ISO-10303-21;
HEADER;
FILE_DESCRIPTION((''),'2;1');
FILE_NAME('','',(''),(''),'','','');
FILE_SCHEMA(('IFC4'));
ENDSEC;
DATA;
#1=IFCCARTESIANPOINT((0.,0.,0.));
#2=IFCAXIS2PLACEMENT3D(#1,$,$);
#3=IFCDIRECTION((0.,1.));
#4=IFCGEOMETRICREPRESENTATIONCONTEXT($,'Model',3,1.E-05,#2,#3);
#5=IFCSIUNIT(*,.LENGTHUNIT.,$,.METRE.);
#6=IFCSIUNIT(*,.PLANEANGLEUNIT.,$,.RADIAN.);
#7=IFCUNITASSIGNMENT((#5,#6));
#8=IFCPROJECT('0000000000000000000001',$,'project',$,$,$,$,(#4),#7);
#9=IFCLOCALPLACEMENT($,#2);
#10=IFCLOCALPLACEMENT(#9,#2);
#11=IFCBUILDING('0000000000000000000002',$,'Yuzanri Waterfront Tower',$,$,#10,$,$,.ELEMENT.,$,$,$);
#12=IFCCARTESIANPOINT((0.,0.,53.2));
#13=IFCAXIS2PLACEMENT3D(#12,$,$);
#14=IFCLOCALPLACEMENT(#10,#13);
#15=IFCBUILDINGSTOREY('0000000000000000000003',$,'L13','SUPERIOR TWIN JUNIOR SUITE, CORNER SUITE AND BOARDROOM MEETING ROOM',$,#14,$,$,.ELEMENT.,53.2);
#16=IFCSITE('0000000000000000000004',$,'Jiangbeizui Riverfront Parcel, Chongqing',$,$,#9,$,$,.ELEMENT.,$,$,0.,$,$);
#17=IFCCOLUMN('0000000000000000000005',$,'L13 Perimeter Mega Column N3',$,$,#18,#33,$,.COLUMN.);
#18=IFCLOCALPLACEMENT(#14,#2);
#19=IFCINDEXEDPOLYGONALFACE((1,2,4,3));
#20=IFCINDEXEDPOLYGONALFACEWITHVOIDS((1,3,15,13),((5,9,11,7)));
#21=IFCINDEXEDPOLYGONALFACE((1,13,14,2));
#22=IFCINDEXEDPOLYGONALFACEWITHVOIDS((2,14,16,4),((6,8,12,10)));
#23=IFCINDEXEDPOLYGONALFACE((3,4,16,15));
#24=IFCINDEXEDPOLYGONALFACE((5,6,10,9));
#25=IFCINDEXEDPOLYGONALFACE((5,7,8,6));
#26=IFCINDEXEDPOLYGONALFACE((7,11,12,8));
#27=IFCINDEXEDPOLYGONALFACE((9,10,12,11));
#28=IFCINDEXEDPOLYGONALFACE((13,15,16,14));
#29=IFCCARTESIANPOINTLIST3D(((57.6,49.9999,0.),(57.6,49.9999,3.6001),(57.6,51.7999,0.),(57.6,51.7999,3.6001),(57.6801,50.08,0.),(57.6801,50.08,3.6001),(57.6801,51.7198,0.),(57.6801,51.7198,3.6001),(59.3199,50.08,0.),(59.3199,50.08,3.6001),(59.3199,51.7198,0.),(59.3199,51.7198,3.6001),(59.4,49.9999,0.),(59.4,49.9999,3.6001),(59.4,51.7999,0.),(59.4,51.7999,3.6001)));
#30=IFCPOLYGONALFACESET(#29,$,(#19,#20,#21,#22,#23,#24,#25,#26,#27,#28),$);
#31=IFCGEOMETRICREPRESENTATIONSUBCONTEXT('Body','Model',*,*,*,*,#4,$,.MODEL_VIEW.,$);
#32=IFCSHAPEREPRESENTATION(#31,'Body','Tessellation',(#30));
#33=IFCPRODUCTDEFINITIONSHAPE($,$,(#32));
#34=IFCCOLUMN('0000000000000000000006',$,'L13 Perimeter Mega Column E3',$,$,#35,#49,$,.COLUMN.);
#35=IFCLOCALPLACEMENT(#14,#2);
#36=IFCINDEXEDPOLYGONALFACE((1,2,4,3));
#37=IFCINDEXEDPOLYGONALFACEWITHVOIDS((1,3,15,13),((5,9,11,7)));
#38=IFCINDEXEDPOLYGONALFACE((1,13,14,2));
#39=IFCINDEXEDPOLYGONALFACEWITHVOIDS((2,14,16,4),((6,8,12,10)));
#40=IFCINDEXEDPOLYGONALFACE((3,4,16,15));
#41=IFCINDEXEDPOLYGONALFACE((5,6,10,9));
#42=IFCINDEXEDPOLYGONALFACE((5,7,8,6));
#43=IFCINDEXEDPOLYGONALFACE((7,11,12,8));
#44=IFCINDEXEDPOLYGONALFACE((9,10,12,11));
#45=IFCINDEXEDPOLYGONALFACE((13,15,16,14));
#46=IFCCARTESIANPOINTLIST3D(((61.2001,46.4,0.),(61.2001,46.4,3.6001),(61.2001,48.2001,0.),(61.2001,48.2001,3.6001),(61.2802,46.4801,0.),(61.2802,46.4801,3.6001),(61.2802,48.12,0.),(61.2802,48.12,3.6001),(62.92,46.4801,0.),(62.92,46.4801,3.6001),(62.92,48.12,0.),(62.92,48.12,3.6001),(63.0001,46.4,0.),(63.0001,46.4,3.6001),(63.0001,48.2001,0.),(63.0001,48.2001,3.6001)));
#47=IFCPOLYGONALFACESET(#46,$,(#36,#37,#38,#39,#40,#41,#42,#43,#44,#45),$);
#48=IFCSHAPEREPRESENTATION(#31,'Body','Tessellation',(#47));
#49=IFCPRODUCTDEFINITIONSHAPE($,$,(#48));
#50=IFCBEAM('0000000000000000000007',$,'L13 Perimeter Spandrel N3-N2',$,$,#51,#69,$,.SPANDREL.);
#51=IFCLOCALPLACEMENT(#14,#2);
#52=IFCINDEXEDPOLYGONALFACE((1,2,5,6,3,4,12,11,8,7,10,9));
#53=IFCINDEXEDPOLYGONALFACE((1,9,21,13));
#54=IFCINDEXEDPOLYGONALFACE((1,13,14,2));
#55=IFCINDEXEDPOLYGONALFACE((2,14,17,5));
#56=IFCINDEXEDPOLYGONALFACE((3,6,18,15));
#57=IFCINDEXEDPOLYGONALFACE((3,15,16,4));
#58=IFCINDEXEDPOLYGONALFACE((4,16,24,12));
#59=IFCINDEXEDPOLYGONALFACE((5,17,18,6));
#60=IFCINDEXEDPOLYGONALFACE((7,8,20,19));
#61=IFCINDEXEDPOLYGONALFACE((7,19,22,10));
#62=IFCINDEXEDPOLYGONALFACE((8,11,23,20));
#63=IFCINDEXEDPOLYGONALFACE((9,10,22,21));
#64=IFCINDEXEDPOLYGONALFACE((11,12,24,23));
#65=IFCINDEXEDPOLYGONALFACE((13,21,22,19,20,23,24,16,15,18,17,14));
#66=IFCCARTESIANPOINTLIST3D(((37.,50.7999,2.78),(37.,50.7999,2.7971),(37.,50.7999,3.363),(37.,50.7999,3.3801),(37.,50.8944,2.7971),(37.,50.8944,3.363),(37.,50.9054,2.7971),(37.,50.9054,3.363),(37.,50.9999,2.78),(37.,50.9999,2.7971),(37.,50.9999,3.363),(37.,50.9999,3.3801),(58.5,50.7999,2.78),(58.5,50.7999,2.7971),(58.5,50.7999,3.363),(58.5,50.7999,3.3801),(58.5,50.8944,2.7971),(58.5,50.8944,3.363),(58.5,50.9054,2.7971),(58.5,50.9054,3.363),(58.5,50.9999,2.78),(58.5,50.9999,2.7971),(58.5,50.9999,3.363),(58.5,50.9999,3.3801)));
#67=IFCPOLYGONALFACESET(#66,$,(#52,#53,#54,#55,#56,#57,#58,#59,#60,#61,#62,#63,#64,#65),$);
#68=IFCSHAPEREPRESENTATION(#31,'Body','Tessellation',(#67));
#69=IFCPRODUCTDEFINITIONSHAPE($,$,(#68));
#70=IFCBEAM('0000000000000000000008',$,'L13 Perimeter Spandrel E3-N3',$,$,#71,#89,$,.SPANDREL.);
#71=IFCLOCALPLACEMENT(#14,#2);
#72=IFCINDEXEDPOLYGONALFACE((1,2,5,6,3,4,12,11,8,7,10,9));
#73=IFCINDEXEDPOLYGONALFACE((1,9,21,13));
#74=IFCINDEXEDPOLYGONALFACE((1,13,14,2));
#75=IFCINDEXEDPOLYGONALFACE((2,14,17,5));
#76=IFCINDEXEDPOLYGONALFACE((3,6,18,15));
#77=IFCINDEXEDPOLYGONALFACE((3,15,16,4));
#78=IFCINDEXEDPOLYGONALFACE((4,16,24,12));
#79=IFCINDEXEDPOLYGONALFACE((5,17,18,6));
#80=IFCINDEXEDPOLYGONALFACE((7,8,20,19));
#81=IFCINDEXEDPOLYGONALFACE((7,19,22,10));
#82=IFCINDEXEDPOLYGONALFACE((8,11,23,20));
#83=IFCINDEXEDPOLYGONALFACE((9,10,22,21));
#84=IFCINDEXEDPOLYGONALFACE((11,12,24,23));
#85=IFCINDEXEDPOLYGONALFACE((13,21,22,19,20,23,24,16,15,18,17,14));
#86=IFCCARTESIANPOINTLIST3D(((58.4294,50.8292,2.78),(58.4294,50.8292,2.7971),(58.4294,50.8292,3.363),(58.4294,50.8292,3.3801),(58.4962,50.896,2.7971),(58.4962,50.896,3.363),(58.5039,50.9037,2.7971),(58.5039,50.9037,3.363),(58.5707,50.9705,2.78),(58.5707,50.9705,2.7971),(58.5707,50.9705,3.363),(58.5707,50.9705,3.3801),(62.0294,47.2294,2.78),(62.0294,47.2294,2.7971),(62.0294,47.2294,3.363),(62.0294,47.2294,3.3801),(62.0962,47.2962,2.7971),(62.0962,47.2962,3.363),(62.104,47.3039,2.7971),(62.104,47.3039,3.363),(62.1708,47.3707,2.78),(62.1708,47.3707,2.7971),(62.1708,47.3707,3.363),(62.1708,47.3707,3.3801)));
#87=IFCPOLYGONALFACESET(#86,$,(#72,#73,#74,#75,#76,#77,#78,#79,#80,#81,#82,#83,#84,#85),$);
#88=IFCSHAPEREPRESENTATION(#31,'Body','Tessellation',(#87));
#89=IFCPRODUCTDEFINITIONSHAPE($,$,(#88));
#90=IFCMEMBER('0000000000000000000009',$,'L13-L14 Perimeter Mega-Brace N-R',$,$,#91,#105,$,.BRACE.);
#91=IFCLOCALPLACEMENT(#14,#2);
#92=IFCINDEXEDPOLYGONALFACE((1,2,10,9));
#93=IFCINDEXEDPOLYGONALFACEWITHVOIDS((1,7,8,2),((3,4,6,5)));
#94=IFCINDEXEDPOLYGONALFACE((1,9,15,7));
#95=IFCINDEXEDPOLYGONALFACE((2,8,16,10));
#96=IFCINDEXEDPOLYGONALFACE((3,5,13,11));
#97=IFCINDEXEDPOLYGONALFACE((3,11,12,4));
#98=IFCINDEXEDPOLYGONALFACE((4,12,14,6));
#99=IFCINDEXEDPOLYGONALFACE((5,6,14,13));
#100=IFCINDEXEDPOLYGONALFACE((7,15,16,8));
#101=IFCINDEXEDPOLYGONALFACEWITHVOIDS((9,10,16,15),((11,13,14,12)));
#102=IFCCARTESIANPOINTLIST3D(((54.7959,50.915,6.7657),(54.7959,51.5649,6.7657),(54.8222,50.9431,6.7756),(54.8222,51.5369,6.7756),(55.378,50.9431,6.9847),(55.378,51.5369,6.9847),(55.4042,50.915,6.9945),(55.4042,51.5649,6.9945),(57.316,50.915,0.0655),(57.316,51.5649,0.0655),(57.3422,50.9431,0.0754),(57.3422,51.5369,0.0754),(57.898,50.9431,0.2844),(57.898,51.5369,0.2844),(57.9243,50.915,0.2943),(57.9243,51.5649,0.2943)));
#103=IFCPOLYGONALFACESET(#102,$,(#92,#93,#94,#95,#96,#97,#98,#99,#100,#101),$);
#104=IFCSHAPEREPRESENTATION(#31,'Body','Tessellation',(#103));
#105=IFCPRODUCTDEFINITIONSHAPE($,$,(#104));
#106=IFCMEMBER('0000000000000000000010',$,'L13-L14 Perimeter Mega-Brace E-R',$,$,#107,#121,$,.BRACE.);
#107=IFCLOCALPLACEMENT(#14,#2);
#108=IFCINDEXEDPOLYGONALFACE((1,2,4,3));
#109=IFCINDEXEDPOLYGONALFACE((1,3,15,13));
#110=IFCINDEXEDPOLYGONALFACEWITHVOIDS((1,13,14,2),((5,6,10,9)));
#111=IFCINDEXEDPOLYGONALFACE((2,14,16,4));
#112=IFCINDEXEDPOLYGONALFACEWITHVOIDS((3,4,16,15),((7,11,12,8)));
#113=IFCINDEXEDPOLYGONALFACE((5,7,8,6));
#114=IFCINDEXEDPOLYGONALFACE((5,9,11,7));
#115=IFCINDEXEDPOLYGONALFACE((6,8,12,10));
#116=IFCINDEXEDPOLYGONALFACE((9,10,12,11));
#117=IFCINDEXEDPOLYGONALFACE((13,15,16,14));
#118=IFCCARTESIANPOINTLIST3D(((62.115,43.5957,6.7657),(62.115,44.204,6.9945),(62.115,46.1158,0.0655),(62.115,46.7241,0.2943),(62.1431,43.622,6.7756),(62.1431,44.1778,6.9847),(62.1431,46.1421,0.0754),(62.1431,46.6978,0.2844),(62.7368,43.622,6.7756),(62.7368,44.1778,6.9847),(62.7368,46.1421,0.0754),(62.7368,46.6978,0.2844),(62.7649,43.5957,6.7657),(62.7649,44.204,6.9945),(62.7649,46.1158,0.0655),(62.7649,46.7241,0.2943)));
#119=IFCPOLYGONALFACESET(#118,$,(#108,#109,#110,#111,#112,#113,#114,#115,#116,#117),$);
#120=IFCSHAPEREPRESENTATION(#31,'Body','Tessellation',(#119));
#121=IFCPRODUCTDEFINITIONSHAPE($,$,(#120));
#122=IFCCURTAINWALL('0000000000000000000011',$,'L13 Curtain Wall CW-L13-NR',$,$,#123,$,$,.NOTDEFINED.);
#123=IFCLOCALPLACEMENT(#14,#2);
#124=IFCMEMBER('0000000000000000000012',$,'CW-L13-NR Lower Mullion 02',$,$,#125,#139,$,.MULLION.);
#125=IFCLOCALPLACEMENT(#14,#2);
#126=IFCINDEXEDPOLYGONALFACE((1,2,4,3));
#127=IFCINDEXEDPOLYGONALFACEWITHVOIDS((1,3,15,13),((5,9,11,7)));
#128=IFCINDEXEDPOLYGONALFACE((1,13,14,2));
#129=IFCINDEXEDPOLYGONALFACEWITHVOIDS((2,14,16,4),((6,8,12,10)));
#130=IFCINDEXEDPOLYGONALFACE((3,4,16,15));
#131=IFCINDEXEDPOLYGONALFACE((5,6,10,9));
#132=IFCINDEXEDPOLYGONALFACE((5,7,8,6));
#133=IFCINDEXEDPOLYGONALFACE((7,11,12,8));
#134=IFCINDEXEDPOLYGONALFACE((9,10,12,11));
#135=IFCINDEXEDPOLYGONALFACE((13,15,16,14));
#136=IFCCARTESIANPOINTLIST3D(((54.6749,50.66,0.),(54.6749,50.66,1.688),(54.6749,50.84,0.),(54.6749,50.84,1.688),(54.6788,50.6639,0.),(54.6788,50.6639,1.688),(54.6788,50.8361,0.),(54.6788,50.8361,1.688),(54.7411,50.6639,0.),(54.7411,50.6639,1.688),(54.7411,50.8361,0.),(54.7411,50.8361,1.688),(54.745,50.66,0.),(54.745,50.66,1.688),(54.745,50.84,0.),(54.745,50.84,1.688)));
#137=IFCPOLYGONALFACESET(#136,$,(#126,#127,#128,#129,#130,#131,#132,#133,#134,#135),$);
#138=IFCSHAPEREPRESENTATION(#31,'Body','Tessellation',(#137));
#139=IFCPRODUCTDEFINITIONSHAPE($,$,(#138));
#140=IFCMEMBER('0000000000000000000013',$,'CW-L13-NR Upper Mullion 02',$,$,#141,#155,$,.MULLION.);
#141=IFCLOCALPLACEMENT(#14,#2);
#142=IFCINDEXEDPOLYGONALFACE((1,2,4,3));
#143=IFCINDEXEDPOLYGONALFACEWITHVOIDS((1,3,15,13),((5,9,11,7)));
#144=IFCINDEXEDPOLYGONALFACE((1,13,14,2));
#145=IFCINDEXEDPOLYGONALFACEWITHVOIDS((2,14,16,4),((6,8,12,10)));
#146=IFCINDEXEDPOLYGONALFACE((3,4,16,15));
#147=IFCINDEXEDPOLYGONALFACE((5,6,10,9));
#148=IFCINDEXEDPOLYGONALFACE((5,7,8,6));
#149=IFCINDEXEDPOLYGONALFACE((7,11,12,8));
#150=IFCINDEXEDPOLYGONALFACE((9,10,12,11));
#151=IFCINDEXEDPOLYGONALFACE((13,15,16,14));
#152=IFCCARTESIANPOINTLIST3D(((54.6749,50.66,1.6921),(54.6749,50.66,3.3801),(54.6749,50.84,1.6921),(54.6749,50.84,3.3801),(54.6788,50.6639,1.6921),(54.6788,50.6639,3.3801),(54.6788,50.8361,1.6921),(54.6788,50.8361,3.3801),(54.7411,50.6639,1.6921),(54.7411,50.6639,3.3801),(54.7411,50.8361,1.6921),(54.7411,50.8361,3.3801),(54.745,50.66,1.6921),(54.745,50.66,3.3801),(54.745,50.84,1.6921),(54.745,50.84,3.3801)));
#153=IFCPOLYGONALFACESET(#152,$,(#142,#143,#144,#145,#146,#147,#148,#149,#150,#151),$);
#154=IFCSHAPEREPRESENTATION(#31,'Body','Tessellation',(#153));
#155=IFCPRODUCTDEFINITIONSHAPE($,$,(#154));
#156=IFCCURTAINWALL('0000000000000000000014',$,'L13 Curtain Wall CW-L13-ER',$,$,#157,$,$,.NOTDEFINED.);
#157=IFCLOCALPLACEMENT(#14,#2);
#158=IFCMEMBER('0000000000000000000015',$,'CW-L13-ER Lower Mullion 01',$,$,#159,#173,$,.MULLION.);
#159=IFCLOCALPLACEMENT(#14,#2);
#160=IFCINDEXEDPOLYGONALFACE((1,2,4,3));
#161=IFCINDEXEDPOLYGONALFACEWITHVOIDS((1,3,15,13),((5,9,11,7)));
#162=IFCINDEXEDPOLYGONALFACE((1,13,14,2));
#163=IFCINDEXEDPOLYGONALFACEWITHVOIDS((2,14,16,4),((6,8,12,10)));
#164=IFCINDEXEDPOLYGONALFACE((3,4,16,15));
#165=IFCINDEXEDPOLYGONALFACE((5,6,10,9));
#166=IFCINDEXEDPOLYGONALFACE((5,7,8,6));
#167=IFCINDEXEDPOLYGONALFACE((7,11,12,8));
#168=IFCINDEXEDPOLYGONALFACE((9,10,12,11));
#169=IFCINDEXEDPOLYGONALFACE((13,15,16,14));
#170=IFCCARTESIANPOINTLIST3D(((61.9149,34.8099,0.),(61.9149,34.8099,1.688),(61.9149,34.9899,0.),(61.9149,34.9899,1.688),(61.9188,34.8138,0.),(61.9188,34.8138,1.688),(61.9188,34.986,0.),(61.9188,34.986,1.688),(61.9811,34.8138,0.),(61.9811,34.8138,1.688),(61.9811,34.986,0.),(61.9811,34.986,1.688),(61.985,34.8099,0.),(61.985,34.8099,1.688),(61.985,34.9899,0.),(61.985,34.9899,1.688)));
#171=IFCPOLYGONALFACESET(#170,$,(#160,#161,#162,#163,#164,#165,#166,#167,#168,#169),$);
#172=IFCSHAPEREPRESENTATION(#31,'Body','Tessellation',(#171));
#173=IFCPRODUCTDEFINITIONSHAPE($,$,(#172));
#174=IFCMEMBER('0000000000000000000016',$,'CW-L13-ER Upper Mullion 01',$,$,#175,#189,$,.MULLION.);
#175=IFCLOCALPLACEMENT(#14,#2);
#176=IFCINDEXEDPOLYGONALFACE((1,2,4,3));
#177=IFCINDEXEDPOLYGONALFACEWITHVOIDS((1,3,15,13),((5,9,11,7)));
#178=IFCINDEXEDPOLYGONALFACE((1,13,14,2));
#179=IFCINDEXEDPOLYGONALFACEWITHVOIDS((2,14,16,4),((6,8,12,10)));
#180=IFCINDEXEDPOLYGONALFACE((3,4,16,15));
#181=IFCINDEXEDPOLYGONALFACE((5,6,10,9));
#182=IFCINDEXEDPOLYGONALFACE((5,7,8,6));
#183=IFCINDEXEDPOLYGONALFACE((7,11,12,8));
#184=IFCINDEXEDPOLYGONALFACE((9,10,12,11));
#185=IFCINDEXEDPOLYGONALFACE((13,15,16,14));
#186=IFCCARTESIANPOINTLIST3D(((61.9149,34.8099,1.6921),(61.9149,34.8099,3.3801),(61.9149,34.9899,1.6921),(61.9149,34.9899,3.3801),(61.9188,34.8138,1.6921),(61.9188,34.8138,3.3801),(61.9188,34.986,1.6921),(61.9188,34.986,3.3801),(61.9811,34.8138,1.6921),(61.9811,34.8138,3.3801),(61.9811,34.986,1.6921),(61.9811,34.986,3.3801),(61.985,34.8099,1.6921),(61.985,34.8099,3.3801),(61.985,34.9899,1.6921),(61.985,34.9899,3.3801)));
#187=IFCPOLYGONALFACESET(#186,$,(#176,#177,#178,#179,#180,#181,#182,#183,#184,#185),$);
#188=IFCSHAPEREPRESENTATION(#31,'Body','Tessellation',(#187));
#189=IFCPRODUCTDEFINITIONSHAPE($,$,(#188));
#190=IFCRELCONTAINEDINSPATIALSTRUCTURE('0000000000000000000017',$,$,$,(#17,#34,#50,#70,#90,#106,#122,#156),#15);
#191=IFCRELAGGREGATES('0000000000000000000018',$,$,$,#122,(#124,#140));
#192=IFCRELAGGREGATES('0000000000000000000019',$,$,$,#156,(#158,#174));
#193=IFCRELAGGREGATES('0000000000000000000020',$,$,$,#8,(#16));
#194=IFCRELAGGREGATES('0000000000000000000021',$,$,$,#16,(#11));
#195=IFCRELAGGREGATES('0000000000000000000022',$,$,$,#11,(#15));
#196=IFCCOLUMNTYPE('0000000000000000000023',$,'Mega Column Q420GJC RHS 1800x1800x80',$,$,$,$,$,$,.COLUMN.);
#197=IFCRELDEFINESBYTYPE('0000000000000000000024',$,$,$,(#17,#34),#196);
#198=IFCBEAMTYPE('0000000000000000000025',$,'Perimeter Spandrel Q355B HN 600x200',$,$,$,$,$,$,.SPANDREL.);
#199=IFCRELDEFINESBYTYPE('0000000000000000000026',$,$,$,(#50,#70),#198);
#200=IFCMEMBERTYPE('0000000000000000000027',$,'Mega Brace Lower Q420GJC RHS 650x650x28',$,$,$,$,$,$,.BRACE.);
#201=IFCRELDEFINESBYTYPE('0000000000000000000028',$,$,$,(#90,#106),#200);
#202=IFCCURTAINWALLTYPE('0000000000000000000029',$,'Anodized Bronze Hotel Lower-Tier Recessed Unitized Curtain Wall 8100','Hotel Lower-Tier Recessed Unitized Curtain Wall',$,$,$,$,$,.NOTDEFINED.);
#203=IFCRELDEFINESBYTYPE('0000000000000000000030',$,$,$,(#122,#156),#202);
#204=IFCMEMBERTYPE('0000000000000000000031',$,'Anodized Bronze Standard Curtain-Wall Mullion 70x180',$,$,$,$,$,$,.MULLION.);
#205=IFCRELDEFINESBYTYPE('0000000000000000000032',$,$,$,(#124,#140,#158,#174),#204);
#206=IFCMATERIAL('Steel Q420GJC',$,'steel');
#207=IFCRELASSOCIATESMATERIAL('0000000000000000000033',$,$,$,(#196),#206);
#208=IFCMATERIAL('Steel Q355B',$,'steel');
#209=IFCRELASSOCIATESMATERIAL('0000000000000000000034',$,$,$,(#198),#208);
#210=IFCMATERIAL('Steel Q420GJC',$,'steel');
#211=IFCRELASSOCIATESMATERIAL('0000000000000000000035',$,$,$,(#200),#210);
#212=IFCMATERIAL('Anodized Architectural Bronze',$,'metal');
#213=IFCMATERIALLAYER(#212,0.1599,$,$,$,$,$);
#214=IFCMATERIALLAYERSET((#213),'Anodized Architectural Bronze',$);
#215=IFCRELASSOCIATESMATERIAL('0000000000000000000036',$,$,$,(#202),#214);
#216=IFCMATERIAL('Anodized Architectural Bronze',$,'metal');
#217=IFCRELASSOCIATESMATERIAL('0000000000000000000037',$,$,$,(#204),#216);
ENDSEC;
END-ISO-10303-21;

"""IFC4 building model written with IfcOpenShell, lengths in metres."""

from ifc_helpers import new_model, si_unit, direction, frame, origin, origin_2d, place, context, subcontext, project, spatial, hollow_rectangle, i_section, extrude, source, transform, mapped, material, layer, layer_set, material_profile, profile_set, type_object, element, aggregate, save


model = new_model("IFC4")

# Units and contexts
model_context = context("Model", 3, precision=1e-05, world=origin(), true_north=direction((0.0, 1.0)))
body_context = subcontext(model_context, "Body", "Model", "MODEL_VIEW")
ifc_project = project(units=[si_unit("LENGTHUNIT", "METRE"), si_unit("PLANEANGLEUNIT", "RADIAN")], contexts=[model_context])

# Site, building, storey
site_placement = place(None, origin())
site = spatial("IfcSite", under=ifc_project, at=site_placement, Name="Jiangbeizui Riverfront Parcel, Chongqing", CompositionType="ELEMENT", RefElevation=0.0)
building_placement = place(site_placement, origin())
building = spatial("IfcBuilding", under=site, at=building_placement, Name="Yuzanri Waterfront Tower", CompositionType="ELEMENT")
storey_placement = place(building_placement, frame((0.0, 0.0, 53.2)))
storey = spatial("IfcBuildingStorey", under=building, at=storey_placement, Name="L13", Description="SUPERIOR TWIN JUNIOR SUITE, CORNER SUITE AND BOARDROOM MEETING ROOM", CompositionType="ELEMENT", Elevation=53.2)

# Columns
ifc_material_1 = material(Name="Steel Q420GJC", Category="steel")
ifc_material_profile_1 = material_profile(ifc_material_1, hollow_rectangle(XDim=1.8, YDim=1.8, WallThickness=0.0801, at=origin_2d()), Name="RHS 1800x1800x80")
ifc_profile_set_1 = profile_set([ifc_material_profile_1], Name="Steel Q420GJC")
column_type = type_object("IfcColumnType", Name="Mega Column Q420GJC RHS 1800x1800x80", PredefinedType="COLUMN", material=ifc_profile_set_1)
shared_shape_1 = source(origin(), body_context, "Body", "SweptSolid", [
    extrude(hollow_rectangle(XDim=1.8, YDim=1.8, WallThickness=0.0801, at=origin_2d()), origin(), (0.0, 0.0, 1.0), 3.6001),
])
for number, where, z_axis, x_axis, name in (
    (1, (58.5, 50.8999, 0.0), (0.0, 0.0, 1.0), (1.0, 0.0, 0.0), "L13 Perimeter Mega Column N3"),
    (2, (62.1001, 47.3, 0.0), (0.0, 0.0, 1.0), (1.0, 0.0, 0.0), "L13 Perimeter Mega Column E3"),
):
    element("IfcColumn", number, at=place(storey_placement, frame(where, z_axis=z_axis, x_axis=x_axis)), inside=storey, type_object=column_type, Name=name, PredefinedType="COLUMN", context=body_context, shape_type="MappedRepresentation", body=[
        mapped(shared_shape_1, transform((0.0, 0.0, 0.0), scale=1.0)),
    ])

# Beams
ifc_material_2 = material(Name="Steel Q355B", Category="steel")
ifc_material_profile_2 = material_profile(ifc_material_2, i_section(OverallWidth=0.2, OverallDepth=0.6001, WebThickness=0.011, FlangeThickness=0.0171, at=origin_2d()), Name="HN 600x200x11x17")
ifc_profile_set_2 = profile_set([ifc_material_profile_2], Name="Steel Q355B")
beam_type = type_object("IfcBeamType", Name="Perimeter Spandrel Q355B HN 600x200", PredefinedType="SPANDREL", material=ifc_profile_set_2)
shared_shape_2 = source(origin(), body_context, "Body", "SweptSolid", [
    extrude(i_section(OverallWidth=0.2, OverallDepth=0.6001, WebThickness=0.011, FlangeThickness=0.0171, at=origin_2d()), origin(), (0.0, 0.0, 1.0), 21.5),
])
beam_1_placement = place(storey_placement, frame((58.5, 50.8999, 3.0801), z_axis=(-1.0, 0.0, 0.0), x_axis=(0.0, -1.0, 0.0)))
element("IfcBeam", 3, at=beam_1_placement, inside=storey, type_object=beam_type, Name="L13 Perimeter Spandrel N3-N2", PredefinedType="SPANDREL", context=body_context, shape_type="MappedRepresentation", body=[
    mapped(shared_shape_2, transform((0.0, 0.0, 0.0), scale=1.0)),
])
shared_shape_3 = source(origin(), body_context, "Body", "SweptSolid", [
    extrude(i_section(OverallWidth=0.2, OverallDepth=0.6001, WebThickness=0.011, FlangeThickness=0.0171, at=origin_2d()), origin(), (0.0, 0.0, 1.0), 5.0911),
])
beam_2_placement = place(storey_placement, frame((62.1001, 47.3, 3.0801), z_axis=(-0.707131, 0.707083, 0.0), x_axis=(-0.707083, -0.707131, 0.0)))
element("IfcBeam", 4, at=beam_2_placement, inside=storey, type_object=beam_type, Name="L13 Perimeter Spandrel E3-N3", PredefinedType="SPANDREL", context=body_context, shape_type="MappedRepresentation", body=[
    mapped(shared_shape_3, transform((0.0, 0.0, 0.0), scale=1.0)),
])

# Members
ifc_material_3 = material(Name="Steel Q420GJC", Category="steel")
ifc_material_profile_3 = material_profile(ifc_material_3, hollow_rectangle(XDim=0.6499, YDim=0.6499, WallThickness=0.0281, at=origin_2d()), Name="RHS 650x650x28")
ifc_profile_set_3 = profile_set([ifc_material_profile_3], Name="Steel Q420GJC")
member_type_1 = type_object("IfcMemberType", Name="Mega Brace Lower Q420GJC RHS 650x650x28", PredefinedType="BRACE", material=ifc_profile_set_3)
shared_shape_4 = source(origin(), body_context, "Body", "SweptSolid", [
    extrude(hollow_rectangle(XDim=0.6499, YDim=0.6499, WallThickness=0.0281, at=origin_2d()), origin(), (0.0, 0.0, 1.0), 7.1584),
])
for number, where, z_axis, x_axis, name in (
    (5, (57.6201, 51.24, 0.1799), (-0.352035, 0.0, 0.935987), (0.0, -1.0, 0.0), "L13-L14 Perimeter Mega-Brace N-R"),
    (6, (62.4399, 46.4199, 0.1799), (0.0, -0.352035, 0.935987), (1.0, 0.0, 0.0), "L13-L14 Perimeter Mega-Brace E-R"),
):
    element("IfcMember", number, at=place(storey_placement, frame(where, z_axis=z_axis, x_axis=x_axis)), inside=storey, type_object=member_type_1, Name=name, PredefinedType="BRACE", context=body_context, shape_type="MappedRepresentation", body=[
        mapped(shared_shape_4, transform((0.0, 0.0, 0.0), scale=1.0)),
    ])

# Curtain walls, members
ifc_material_4 = material(Name="Anodized Architectural Bronze", Category="metal")
ifc_layer_1 = layer(ifc_material_4, 0.1599)
ifc_layer_set_1 = layer_set([ifc_layer_1], Name="Anodized Architectural Bronze")
curtain_wall_type = type_object("IfcCurtainWallType", Name="Anodized Bronze Hotel Lower-Tier Recessed Unitized Curtain Wall 8100", Description="Hotel Lower-Tier Recessed Unitized Curtain Wall", PredefinedType="NOTDEFINED", material=ifc_layer_set_1)
curtain_wall_1_placement = place(storey_placement, origin())
curtain_wall_1 = element("IfcCurtainWall", 7, at=curtain_wall_1_placement, inside=storey, type_object=curtain_wall_type, Name="L13 Curtain Wall CW-L13-NR", PredefinedType="NOTDEFINED")
ifc_material_5 = material(Name="Anodized Architectural Bronze", Category="metal")
ifc_material_profile_4 = material_profile(ifc_material_5, hollow_rectangle(XDim=0.0701, YDim=0.1799, WallThickness=0.0039, at=origin_2d()), Name="CWM 70x180")
ifc_profile_set_4 = profile_set([ifc_material_profile_4], Name="Anodized Architectural Bronze")
member_type_2 = type_object("IfcMemberType", Name="Anodized Bronze Standard Curtain-Wall Mullion 70x180", PredefinedType="MULLION", material=ifc_profile_set_4)
shared_shape_5 = source(origin(), body_context, "Body", "SweptSolid", [
    extrude(hollow_rectangle(XDim=0.0701, YDim=0.1799, WallThickness=0.0039, at=origin_2d()), origin(), (0.0, 0.0, 1.0), 1.688),
])
member_1_placement = place(storey_placement, frame((54.71, 50.75, 0.0), z_axis=(0.0, 0.0, 1.0), x_axis=(1.0, 0.0, 0.0)))
member_1 = element("IfcMember", 8, at=member_1_placement, type_object=member_type_2, Name="CW-L13-NR Lower Mullion 02", PredefinedType="MULLION", context=body_context, shape_type="MappedRepresentation", body=[
    mapped(shared_shape_5, transform((0.0, 0.0, 0.0), scale=1.0)),
])
member_2_placement = place(storey_placement, frame((54.71, 50.75, 1.6921), z_axis=(0.0, 0.0, 1.0), x_axis=(1.0, 0.0, 0.0)))
member_2 = element("IfcMember", 9, at=member_2_placement, type_object=member_type_2, Name="CW-L13-NR Upper Mullion 02", PredefinedType="MULLION", context=body_context, shape_type="MappedRepresentation", body=[
    mapped(shared_shape_5, transform((0.0, 0.0, 0.0), scale=1.0)),
])
curtain_wall_2_placement = place(storey_placement, origin())
curtain_wall_2 = element("IfcCurtainWall", 10, at=curtain_wall_2_placement, inside=storey, type_object=curtain_wall_type, Name="L13 Curtain Wall CW-L13-ER", PredefinedType="NOTDEFINED")
member_3_placement = place(storey_placement, frame((61.95, 34.8999, 0.0), z_axis=(0.0, 0.0, 1.0), x_axis=(1.0, 0.0, 0.0)))
member_3 = element("IfcMember", 11, at=member_3_placement, type_object=member_type_2, Name="CW-L13-ER Lower Mullion 01", PredefinedType="MULLION", context=body_context, shape_type="MappedRepresentation", body=[
    mapped(shared_shape_5, transform((0.0, 0.0, 0.0), scale=1.0)),
])
member_4_placement = place(storey_placement, frame((61.95, 34.8999, 1.6921), z_axis=(0.0, 0.0, 1.0), x_axis=(1.0, 0.0, 0.0)))
member_4 = element("IfcMember", 12, at=member_4_placement, type_object=member_type_2, Name="CW-L13-ER Upper Mullion 01", PredefinedType="MULLION", context=body_context, shape_type="MappedRepresentation", body=[
    mapped(shared_shape_5, transform((0.0, 0.0, 0.0), scale=1.0)),
])

aggregate(curtain_wall_1, [member_1, member_2])
aggregate(curtain_wall_2, [member_3, member_4])

save(model, "model.ifc")
